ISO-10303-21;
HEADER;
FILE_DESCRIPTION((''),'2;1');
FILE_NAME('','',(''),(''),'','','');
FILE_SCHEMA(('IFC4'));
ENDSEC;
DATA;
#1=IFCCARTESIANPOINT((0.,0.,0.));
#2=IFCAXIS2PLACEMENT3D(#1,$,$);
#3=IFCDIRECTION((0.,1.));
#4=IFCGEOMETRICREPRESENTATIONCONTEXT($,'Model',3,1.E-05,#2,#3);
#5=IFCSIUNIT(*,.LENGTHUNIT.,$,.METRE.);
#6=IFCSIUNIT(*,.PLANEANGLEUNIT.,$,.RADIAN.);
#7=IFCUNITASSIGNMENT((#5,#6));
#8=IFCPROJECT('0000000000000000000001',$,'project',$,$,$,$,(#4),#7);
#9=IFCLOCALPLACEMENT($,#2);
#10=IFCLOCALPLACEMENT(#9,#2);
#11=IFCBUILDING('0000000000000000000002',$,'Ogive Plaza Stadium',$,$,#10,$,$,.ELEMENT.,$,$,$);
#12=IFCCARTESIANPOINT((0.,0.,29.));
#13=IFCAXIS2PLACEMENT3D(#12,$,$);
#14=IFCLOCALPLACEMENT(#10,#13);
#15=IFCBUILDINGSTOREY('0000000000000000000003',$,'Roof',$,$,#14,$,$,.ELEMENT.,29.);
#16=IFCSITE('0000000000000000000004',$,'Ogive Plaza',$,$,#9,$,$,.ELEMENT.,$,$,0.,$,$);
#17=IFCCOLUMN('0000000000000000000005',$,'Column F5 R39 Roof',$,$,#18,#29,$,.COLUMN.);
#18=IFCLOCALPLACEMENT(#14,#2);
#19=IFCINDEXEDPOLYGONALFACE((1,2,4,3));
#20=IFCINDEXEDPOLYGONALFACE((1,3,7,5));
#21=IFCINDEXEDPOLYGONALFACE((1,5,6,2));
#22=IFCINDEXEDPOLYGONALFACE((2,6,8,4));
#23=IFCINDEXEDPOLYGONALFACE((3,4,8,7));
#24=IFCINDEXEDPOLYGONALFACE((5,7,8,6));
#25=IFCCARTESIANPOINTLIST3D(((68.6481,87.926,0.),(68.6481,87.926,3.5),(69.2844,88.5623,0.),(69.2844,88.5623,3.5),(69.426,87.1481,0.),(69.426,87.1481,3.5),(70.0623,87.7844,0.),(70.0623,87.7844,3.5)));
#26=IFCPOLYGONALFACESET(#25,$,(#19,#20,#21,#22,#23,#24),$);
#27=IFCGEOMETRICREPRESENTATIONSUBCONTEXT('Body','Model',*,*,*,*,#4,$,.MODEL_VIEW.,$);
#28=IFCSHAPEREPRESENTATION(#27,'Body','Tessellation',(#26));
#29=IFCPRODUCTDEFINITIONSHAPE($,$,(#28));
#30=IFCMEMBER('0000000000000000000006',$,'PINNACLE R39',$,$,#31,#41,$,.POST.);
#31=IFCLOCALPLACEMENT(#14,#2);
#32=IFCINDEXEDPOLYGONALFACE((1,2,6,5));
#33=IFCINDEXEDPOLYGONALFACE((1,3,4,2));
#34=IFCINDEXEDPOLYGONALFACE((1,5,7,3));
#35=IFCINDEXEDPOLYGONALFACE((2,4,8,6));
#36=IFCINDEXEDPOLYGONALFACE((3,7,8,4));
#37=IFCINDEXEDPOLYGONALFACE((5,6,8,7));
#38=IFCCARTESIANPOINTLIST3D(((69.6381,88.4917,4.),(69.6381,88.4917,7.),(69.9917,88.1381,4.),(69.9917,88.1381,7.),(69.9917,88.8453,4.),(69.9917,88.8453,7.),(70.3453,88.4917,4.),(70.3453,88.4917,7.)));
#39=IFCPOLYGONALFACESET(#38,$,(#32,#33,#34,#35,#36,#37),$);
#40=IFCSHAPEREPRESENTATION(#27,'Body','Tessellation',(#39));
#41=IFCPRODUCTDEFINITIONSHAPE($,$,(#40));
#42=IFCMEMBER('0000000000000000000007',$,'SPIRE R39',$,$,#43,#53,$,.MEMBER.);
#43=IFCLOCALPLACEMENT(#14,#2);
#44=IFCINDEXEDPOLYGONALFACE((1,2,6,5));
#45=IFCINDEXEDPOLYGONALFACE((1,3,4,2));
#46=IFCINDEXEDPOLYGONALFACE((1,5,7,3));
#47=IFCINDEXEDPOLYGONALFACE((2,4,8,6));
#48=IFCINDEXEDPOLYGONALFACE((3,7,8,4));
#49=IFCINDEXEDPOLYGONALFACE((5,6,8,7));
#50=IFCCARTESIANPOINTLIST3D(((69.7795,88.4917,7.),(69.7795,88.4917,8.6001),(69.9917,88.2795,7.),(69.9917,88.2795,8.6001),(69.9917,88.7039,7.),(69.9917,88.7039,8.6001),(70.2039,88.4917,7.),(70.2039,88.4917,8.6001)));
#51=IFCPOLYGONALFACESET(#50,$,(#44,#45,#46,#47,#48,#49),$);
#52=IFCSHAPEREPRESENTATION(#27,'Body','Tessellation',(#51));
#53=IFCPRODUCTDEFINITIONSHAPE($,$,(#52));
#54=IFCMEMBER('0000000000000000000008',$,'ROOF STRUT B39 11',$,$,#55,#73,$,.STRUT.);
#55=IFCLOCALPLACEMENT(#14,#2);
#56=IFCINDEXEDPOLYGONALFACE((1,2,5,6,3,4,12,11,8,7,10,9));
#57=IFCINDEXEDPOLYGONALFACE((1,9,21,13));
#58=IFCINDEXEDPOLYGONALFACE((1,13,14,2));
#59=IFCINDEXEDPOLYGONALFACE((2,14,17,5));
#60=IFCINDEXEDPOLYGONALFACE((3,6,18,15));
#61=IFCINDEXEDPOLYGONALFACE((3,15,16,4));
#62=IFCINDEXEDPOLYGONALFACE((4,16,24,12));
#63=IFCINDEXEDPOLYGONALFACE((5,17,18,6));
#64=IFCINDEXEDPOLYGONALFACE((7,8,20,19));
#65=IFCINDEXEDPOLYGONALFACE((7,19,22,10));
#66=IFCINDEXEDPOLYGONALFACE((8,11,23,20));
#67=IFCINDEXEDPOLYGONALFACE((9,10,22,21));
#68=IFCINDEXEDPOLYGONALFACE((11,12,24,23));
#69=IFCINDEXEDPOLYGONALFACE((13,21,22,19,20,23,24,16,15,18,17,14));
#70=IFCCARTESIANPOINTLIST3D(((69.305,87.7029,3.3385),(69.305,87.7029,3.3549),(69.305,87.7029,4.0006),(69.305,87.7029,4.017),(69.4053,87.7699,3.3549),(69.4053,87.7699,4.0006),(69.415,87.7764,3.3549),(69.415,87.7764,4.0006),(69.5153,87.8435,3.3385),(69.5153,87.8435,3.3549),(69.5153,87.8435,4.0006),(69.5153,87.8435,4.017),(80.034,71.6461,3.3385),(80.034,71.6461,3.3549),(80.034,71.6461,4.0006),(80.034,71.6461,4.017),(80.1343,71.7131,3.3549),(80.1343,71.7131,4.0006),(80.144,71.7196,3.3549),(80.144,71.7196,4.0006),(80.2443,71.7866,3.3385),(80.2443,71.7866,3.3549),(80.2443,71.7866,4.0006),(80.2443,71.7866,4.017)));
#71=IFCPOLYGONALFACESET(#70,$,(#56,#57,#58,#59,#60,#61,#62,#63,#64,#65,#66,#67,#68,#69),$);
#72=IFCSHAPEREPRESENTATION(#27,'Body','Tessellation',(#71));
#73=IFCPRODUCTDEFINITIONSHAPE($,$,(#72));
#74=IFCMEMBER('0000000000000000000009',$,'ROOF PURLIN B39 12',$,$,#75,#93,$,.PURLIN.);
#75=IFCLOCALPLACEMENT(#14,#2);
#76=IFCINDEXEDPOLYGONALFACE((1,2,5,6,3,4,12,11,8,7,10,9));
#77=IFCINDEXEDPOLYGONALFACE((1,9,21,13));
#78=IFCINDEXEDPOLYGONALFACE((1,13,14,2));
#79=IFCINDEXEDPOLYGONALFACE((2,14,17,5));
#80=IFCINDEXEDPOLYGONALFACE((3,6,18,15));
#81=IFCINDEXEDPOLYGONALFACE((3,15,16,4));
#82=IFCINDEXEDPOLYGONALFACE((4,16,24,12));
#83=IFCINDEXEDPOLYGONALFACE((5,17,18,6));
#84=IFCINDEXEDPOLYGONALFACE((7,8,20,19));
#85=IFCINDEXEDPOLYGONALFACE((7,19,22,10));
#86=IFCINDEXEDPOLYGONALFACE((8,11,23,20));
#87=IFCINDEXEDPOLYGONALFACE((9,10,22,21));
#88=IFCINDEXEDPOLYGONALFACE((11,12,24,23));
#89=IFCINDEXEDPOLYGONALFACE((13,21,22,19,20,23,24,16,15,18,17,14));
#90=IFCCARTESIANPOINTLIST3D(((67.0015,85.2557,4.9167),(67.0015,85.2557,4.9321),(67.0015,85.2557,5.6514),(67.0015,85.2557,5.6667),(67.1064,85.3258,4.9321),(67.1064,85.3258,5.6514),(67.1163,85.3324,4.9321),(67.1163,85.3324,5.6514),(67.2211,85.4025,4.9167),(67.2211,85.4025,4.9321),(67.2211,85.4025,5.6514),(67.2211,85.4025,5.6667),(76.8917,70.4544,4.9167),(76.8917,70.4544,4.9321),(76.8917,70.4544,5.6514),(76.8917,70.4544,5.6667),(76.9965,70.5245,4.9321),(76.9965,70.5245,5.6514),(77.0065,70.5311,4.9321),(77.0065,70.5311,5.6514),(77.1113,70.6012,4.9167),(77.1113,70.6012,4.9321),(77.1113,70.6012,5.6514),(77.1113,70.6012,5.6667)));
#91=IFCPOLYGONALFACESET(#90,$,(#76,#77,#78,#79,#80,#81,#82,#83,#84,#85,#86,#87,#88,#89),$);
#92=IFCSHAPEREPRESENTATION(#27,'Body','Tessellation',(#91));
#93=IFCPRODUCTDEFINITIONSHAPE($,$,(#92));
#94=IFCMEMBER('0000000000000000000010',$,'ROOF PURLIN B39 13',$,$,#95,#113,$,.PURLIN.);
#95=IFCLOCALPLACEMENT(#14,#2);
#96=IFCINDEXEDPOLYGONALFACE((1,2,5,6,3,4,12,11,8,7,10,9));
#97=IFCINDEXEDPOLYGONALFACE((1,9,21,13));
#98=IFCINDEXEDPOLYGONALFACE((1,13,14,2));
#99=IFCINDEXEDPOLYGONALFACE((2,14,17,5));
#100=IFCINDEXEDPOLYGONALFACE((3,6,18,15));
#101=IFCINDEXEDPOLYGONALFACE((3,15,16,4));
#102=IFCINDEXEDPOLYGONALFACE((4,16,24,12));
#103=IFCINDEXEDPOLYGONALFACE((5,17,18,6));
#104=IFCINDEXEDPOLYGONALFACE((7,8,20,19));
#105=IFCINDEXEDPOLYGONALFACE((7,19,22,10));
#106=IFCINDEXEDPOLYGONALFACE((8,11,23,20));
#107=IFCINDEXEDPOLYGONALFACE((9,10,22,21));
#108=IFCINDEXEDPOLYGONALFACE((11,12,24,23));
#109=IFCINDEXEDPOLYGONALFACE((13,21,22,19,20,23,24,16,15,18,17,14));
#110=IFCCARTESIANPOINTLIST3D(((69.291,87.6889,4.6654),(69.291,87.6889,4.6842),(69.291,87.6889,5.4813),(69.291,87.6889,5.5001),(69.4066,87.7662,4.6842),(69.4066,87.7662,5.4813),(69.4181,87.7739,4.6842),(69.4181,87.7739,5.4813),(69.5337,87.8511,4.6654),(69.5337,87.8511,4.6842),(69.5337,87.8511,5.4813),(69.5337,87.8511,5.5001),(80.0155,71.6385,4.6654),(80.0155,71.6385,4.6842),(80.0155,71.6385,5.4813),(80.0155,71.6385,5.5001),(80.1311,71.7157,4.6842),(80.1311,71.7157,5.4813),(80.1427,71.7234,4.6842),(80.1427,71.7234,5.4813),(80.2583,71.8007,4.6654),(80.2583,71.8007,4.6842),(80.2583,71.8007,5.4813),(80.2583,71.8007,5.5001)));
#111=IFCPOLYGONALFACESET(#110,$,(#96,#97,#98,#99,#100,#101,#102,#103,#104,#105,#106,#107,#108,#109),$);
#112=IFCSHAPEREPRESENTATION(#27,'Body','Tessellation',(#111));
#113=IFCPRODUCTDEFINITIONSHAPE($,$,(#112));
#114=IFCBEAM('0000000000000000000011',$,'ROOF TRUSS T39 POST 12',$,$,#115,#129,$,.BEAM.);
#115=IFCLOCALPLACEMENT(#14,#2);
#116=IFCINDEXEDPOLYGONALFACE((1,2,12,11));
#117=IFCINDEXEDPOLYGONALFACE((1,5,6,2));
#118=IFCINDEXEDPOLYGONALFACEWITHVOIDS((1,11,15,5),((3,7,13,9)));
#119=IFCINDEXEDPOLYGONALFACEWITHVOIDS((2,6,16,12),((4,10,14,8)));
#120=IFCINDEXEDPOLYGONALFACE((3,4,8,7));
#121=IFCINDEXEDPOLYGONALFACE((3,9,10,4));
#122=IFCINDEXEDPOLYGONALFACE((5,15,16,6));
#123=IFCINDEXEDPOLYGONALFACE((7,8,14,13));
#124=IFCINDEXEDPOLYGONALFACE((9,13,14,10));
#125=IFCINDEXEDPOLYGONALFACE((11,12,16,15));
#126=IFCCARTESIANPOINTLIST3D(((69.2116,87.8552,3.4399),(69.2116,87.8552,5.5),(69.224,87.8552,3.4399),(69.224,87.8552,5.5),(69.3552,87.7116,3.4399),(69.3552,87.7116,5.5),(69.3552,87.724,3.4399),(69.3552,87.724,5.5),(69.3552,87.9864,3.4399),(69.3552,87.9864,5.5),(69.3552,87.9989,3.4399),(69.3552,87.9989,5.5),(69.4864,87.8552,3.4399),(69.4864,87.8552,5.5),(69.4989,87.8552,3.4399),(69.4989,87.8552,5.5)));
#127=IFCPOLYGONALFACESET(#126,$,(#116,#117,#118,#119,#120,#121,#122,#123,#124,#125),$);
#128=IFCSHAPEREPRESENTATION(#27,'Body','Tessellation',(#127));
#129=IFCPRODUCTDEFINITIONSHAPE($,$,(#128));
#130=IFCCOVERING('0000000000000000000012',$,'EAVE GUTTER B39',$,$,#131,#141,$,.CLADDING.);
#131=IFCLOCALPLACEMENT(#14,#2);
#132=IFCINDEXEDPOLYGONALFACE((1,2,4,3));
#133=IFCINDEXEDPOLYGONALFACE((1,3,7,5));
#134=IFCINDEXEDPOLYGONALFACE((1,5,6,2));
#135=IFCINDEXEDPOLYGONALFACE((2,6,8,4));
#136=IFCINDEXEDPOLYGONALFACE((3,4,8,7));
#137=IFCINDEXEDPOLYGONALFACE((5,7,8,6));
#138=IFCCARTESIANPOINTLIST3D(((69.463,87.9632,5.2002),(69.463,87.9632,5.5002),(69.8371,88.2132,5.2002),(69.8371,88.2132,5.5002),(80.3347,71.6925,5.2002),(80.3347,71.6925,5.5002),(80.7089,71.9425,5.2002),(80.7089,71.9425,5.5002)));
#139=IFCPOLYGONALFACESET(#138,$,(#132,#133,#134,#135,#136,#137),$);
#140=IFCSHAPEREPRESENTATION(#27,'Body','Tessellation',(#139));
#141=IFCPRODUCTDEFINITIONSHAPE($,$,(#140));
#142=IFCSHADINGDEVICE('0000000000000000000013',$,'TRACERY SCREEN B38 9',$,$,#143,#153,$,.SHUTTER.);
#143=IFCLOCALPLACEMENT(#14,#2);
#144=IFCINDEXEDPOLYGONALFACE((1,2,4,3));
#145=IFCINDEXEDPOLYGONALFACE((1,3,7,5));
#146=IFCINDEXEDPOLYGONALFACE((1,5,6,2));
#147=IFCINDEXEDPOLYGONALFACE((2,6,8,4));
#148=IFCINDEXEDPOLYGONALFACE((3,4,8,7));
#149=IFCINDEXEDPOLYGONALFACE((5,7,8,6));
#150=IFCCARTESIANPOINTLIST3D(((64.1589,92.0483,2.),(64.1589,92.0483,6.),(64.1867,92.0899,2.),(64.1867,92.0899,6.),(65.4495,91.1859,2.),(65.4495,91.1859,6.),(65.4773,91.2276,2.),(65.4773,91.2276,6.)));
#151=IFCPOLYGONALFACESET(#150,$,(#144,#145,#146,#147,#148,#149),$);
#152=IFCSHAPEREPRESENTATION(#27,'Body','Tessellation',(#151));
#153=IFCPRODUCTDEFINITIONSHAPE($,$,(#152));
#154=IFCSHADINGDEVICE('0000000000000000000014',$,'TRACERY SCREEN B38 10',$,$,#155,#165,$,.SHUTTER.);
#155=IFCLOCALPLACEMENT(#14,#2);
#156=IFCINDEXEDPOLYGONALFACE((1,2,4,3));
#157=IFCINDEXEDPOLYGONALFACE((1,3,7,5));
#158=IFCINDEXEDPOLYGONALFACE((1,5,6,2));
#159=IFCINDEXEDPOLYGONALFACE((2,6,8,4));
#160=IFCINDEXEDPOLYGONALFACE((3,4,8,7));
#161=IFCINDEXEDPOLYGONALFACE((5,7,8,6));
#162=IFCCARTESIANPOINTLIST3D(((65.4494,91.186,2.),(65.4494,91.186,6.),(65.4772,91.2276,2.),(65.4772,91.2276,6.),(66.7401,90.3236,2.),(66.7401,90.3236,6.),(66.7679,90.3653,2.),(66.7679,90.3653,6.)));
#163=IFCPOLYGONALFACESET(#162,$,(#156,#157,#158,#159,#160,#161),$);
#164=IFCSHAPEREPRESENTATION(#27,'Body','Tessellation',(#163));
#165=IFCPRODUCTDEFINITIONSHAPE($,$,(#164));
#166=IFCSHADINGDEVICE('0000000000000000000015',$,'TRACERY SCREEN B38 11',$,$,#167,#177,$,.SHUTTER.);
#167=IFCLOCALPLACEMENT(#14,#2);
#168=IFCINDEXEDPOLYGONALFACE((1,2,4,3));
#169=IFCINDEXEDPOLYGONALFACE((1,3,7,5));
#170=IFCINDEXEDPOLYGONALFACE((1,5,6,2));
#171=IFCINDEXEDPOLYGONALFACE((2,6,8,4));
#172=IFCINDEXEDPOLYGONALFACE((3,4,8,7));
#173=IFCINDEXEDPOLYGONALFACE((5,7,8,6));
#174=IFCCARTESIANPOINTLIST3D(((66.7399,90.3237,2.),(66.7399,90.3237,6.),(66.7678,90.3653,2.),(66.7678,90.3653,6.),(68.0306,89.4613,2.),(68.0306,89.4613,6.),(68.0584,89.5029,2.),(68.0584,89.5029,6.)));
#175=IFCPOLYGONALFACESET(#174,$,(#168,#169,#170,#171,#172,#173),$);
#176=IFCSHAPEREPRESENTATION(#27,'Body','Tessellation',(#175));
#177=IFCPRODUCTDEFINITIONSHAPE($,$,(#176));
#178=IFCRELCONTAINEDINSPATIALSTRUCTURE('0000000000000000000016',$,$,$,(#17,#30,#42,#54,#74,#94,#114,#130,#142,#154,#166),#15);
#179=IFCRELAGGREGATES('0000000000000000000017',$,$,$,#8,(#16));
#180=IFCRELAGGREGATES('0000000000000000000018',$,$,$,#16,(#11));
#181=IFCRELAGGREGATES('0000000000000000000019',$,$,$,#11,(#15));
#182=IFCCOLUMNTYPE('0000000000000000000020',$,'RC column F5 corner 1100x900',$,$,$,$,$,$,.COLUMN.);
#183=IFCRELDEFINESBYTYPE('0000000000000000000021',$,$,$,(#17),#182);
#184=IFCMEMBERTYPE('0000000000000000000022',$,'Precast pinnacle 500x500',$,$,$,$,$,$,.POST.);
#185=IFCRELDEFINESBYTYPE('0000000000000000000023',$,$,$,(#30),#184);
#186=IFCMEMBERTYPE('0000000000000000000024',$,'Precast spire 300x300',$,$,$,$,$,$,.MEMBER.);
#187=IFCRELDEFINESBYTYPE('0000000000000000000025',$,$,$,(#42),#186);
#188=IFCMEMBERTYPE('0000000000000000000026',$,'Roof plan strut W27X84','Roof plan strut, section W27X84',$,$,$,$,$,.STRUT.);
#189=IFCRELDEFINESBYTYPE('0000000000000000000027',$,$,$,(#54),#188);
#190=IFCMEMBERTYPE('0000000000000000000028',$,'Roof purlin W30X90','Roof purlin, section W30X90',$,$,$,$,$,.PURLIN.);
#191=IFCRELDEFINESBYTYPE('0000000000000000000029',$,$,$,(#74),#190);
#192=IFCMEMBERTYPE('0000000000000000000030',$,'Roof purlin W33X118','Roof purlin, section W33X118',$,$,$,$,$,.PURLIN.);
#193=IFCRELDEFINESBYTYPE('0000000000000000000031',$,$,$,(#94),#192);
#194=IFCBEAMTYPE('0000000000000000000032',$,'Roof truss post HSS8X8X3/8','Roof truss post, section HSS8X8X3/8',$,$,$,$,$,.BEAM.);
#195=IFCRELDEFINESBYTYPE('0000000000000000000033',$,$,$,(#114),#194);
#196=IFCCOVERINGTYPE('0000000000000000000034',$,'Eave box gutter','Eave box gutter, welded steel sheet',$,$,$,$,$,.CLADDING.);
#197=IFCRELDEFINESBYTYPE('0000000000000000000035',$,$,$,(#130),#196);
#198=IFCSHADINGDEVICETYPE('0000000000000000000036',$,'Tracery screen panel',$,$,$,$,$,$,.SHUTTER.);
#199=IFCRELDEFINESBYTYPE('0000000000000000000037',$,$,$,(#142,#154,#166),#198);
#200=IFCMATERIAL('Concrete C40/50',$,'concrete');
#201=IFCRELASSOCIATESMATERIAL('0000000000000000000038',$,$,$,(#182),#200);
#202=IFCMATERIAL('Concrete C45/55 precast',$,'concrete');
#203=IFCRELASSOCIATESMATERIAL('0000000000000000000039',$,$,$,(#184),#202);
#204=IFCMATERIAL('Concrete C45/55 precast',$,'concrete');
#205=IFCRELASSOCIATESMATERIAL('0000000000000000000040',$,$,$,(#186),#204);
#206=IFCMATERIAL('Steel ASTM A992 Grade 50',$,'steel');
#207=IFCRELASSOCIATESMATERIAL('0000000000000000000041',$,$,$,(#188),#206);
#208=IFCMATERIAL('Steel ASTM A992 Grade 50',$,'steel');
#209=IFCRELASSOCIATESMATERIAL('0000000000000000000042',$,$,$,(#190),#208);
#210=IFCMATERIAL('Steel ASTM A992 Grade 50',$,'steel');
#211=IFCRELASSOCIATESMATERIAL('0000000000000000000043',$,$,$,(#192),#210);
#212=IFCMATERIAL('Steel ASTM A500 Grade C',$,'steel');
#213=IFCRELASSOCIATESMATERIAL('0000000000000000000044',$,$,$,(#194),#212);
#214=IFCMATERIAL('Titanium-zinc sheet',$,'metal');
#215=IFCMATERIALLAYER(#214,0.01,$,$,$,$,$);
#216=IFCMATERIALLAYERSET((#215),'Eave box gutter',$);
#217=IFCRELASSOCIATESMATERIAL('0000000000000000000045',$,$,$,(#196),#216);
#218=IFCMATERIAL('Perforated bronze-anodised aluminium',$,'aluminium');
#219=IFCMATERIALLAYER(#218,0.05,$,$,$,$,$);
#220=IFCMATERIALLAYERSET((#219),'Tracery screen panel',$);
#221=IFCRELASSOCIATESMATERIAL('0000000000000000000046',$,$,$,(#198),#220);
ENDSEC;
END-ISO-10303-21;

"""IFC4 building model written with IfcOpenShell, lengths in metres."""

from ifc_helpers import new_model, si_unit, direction, frame, origin, origin_2d, place, context, subcontext, project, spatial, rectangle, hollow_rectangle, i_section, extrude, material, layer, layer_set, material_profile, profile_set, type_object, element, save


model = new_model("IFC4")

# Units and contexts
model_context = context("Model", 3, precision=1e-05, world=origin(), true_north=direction((0.0, 1.0)))
body_context = subcontext(model_context, "Body", "Model", "MODEL_VIEW")
ifc_project = project(units=[si_unit("LENGTHUNIT", "METRE"), si_unit("PLANEANGLEUNIT", "RADIAN")], contexts=[model_context])

# Site, building, storey
site_placement = place(None, origin())
site = spatial("IfcSite", under=ifc_project, at=site_placement, Name="Ogive Plaza", CompositionType="ELEMENT", RefElevation=0.0)
building_placement = place(site_placement, origin())
building = spatial("IfcBuilding", under=site, at=building_placement, Name="Ogive Plaza Stadium", CompositionType="ELEMENT")
storey_placement = place(building_placement, frame((0.0, 0.0, 29.0)))
storey = spatial("IfcBuildingStorey", under=building, at=storey_placement, Name="Roof", CompositionType="ELEMENT", Elevation=29.0)

# Column
ifc_material_1 = material(Name="Concrete C40/50", Category="concrete")
ifc_material_profile_1 = material_profile(ifc_material_1, rectangle(XDim=1.1001, YDim=0.8999, at=origin_2d()), Name="RC 1100x900")
ifc_profile_set_1 = profile_set([ifc_material_profile_1], Name="Concrete C40/50")
column_type = type_object("IfcColumnType", Name="RC column F5 corner 1100x900", PredefinedType="COLUMN", material=ifc_profile_set_1)
column_placement = place(storey_placement, frame((69.3552, 87.8552, 0.0), z_axis=(0.0, 0.0, 1.0), x_axis=(-0.707107, 0.707107, 0.0)))
element("IfcColumn", 1, at=column_placement, inside=storey, type_object=column_type, Name="Column F5 R39 Roof", PredefinedType="COLUMN", context=body_context, shape_type="SweptSolid", body=[
    extrude(rectangle(XDim=1.1001, YDim=0.8999, at=origin_2d()), origin(), (0.0, 0.0, 1.0), 3.5),
])

# Members
ifc_material_2 = material(Name="Concrete C45/55 precast", Category="concrete")
ifc_material_profile_2 = material_profile(ifc_material_2, rectangle(XDim=0.5, YDim=0.5, at=origin_2d()), Name="RC 500x500")
ifc_profile_set_2 = profile_set([ifc_material_profile_2], Name="Concrete C45/55 precast")
member_type_1 = type_object("IfcMemberType", Name="Precast pinnacle 500x500", PredefinedType="POST", material=ifc_profile_set_2)
member_1_placement = place(storey_placement, frame((69.9917, 88.4917, 4.0), z_axis=(0.0, 0.0, 1.0), x_axis=(-0.707107, 0.707107, 0.0)))
element("IfcMember", 2, at=member_1_placement, inside=storey, type_object=member_type_1, Name="PINNACLE R39", PredefinedType="POST", context=body_context, shape_type="SweptSolid", body=[
    extrude(rectangle(XDim=0.5, YDim=0.5, at=origin_2d()), origin(), (0.0, 0.0, 1.0), 3.0),
])
ifc_material_3 = material(Name="Concrete C45/55 precast", Category="concrete")
ifc_material_profile_3 = material_profile(ifc_material_3, rectangle(XDim=0.3, YDim=0.3, at=origin_2d()), Name="RC 300x300")
ifc_profile_set_3 = profile_set([ifc_material_profile_3], Name="Concrete C45/55 precast")
member_type_2 = type_object("IfcMemberType", Name="Precast spire 300x300", PredefinedType="MEMBER", material=ifc_profile_set_3)
member_2_placement = place(storey_placement, frame((69.9917, 88.4917, 7.0), z_axis=(0.0, 0.0, 1.0), x_axis=(-0.707107, 0.707107, 0.0)))
element("IfcMember", 3, at=member_2_placement, inside=storey, type_object=member_type_2, Name="SPIRE R39", PredefinedType="MEMBER", context=body_context, shape_type="SweptSolid", body=[
    extrude(rectangle(XDim=0.3, YDim=0.3, at=origin_2d()), origin(), (0.0, 0.0, 1.0), 1.6001),
])
ifc_material_4 = material(Name="Steel ASTM A992 Grade 50", Category="steel")
ifc_material_profile_4 = material_profile(ifc_material_4, i_section(OverallWidth=0.2529, OverallDepth=0.6785, WebThickness=0.0117, FlangeThickness=0.0164, at=origin_2d()), Name="W27X84")
ifc_profile_set_4 = profile_set([ifc_material_profile_4], Name="Steel ASTM A992 Grade 50")
member_type_3 = type_object("IfcMemberType", Name="Roof plan strut W27X84", Description="Roof plan strut, section W27X84", PredefinedType="STRUT", material=ifc_profile_set_4)
member_3_placement = place(storey_placement, frame((69.4102, 87.7732, 3.6777), z_axis=(0.555575, -0.831466, 0.0), x_axis=(0.831466, 0.555575, 0.0)))
element("IfcMember", 4, at=member_3_placement, inside=storey, type_object=member_type_3, Name="ROOF STRUT B39 11", PredefinedType="STRUT", context=body_context, shape_type="SweptSolid", body=[
    extrude(i_section(OverallWidth=0.2529, OverallDepth=0.6785, WebThickness=0.0117, FlangeThickness=0.0164, at=origin_2d()), origin(), (0.0, 0.0, 1.0), 19.3115),
])
ifc_material_5 = material(Name="Steel ASTM A992 Grade 50", Category="steel")
ifc_material_profile_5 = material_profile(ifc_material_5, i_section(OverallWidth=0.2642, OverallDepth=0.75, WebThickness=0.012, FlangeThickness=0.0154, at=origin_2d()), Name="W30X90")
ifc_profile_set_5 = profile_set([ifc_material_profile_5], Name="Steel ASTM A992 Grade 50")
member_type_4 = type_object("IfcMemberType", Name="Roof purlin W30X90", Description="Roof purlin, section W30X90", PredefinedType="PURLIN", material=ifc_profile_set_5)
member_4_placement = place(storey_placement, frame((67.1113, 85.3291, 5.2917), z_axis=(0.55558, -0.831463, 0.0), x_axis=(0.831463, 0.55558, 0.0)))
element("IfcMember", 5, at=member_4_placement, inside=storey, type_object=member_type_4, Name="ROOF PURLIN B39 12", PredefinedType="PURLIN", context=body_context, shape_type="SweptSolid", body=[
    extrude(i_section(OverallWidth=0.2642, OverallDepth=0.75, WebThickness=0.012, FlangeThickness=0.0154, at=origin_2d()), origin(), (0.0, 0.0, 1.0), 17.8015),
])
ifc_material_6 = material(Name="Steel ASTM A992 Grade 50", Category="steel")
ifc_material_profile_6 = material_profile(ifc_material_6, i_section(OverallWidth=0.292, OverallDepth=0.8347, WebThickness=0.0139, FlangeThickness=0.0188, at=origin_2d()), Name="W33X118")
ifc_profile_set_6 = profile_set([ifc_material_profile_6], Name="Steel ASTM A992 Grade 50")
member_type_5 = type_object("IfcMemberType", Name="Roof purlin W33X118", Description="Roof purlin, section W33X118", PredefinedType="PURLIN", material=ifc_profile_set_6)
member_5_placement = place(storey_placement, frame((69.4124, 87.77, 5.0828), z_axis=(0.55557, -0.83147, 0.0), x_axis=(0.83147, 0.55557, 0.0)))
element("IfcMember", 6, at=member_5_placement, inside=storey, type_object=member_type_5, Name="ROOF PURLIN B39 13", PredefinedType="PURLIN", context=body_context, shape_type="SweptSolid", body=[
    extrude(i_section(OverallWidth=0.292, OverallDepth=0.8347, WebThickness=0.0139, FlangeThickness=0.0188, at=origin_2d()), origin(), (0.0, 0.0, 1.0), 19.3037),
])

# Beam
ifc_material_7 = material(Name="Steel ASTM A500 Grade C", Category="steel")
ifc_material_profile_7 = material_profile(ifc_material_7, hollow_rectangle(XDim=0.2031, YDim=0.2031, WallThickness=0.0088, at=origin_2d()), Name="HSS8X8X3/8")
ifc_profile_set_7 = profile_set([ifc_material_profile_7], Name="Steel ASTM A500 Grade C")
beam_type = type_object("IfcBeamType", Name="Roof truss post HSS8X8X3/8", Description="Roof truss post, section HSS8X8X3/8", PredefinedType="BEAM", material=ifc_profile_set_7)
beam_placement = place(storey_placement, frame((69.3552, 87.8552, 3.4399), z_axis=(0.0, 0.0, 1.0), x_axis=(-0.707107, 0.707107, 0.0)))
element("IfcBeam", 7, at=beam_placement, inside=storey, type_object=beam_type, Name="ROOF TRUSS T39 POST 12", PredefinedType="BEAM", context=body_context, shape_type="SweptSolid", body=[
    extrude(hollow_rectangle(XDim=0.2031, YDim=0.2031, WallThickness=0.0088, at=origin_2d()), origin(), (0.0, 0.0, 1.0), 2.0601),
])

# Covering
ifc_material_8 = material(Name="Titanium-zinc sheet", Category="metal")
ifc_layer_1 = layer(ifc_material_8, 0.01)
ifc_layer_set_1 = layer_set([ifc_layer_1], Name="Eave box gutter")
covering_type = type_object("IfcCoveringType", Name="Eave box gutter", Description="Eave box gutter, welded steel sheet", PredefinedType="CLADDING", material=ifc_layer_set_1)
covering_placement = place(storey_placement, frame((75.0859, 79.9529, 5.2002), z_axis=(0.0, 0.0, 1.0), x_axis=(0.55557, -0.83147, 0.0)))
element("IfcCovering", 8, at=covering_placement, inside=storey, type_object=covering_type, Name="EAVE GUTTER B39", PredefinedType="CLADDING", context=body_context, shape_type="SweptSolid", body=[
    extrude(rectangle(XDim=19.5686, YDim=0.45, at=origin_2d()), origin(), (0.0, 0.0, 1.0), 0.3),
])

# Shading devices
ifc_material_9 = material(Name="Perforated bronze-anodised aluminium", Category="aluminium")
ifc_layer_2 = layer(ifc_material_9, 0.05)
ifc_layer_set_2 = layer_set([ifc_layer_2], Name="Tracery screen panel")
shading_device_type = type_object("IfcShadingDeviceType", Name="Tracery screen panel", PredefinedType="SHUTTER", material=ifc_layer_set_2)
for number, where, z_axis, x_axis, name in (
    (9, (64.8181, 91.6379, 2.0), (0.0, 0.0, 1.0), (0.83147, -0.55557, 0.0), "TRACERY SCREEN B38 9"),
    (10, (66.1086, 90.7756, 2.0), (0.0, 0.0, 1.0), (0.83147, -0.55557, 0.0), "TRACERY SCREEN B38 10"),
    (11, (67.3992, 89.9133, 2.0), (0.0, 0.0, 1.0), (0.83147, -0.55557, 0.0), "TRACERY SCREEN B38 11"),
):
    element("IfcShadingDevice", number, at=place(storey_placement, frame(where, z_axis=z_axis, x_axis=x_axis)), inside=storey, type_object=shading_device_type, Name=name, PredefinedType="SHUTTER", context=body_context, shape_type="SweptSolid", body=[
        extrude(rectangle(XDim=1.5522, YDim=0.05, at=origin_2d()), origin(), (0.0, 0.0, 1.0), 4.0),
    ])

save(model, "model.ifc")
